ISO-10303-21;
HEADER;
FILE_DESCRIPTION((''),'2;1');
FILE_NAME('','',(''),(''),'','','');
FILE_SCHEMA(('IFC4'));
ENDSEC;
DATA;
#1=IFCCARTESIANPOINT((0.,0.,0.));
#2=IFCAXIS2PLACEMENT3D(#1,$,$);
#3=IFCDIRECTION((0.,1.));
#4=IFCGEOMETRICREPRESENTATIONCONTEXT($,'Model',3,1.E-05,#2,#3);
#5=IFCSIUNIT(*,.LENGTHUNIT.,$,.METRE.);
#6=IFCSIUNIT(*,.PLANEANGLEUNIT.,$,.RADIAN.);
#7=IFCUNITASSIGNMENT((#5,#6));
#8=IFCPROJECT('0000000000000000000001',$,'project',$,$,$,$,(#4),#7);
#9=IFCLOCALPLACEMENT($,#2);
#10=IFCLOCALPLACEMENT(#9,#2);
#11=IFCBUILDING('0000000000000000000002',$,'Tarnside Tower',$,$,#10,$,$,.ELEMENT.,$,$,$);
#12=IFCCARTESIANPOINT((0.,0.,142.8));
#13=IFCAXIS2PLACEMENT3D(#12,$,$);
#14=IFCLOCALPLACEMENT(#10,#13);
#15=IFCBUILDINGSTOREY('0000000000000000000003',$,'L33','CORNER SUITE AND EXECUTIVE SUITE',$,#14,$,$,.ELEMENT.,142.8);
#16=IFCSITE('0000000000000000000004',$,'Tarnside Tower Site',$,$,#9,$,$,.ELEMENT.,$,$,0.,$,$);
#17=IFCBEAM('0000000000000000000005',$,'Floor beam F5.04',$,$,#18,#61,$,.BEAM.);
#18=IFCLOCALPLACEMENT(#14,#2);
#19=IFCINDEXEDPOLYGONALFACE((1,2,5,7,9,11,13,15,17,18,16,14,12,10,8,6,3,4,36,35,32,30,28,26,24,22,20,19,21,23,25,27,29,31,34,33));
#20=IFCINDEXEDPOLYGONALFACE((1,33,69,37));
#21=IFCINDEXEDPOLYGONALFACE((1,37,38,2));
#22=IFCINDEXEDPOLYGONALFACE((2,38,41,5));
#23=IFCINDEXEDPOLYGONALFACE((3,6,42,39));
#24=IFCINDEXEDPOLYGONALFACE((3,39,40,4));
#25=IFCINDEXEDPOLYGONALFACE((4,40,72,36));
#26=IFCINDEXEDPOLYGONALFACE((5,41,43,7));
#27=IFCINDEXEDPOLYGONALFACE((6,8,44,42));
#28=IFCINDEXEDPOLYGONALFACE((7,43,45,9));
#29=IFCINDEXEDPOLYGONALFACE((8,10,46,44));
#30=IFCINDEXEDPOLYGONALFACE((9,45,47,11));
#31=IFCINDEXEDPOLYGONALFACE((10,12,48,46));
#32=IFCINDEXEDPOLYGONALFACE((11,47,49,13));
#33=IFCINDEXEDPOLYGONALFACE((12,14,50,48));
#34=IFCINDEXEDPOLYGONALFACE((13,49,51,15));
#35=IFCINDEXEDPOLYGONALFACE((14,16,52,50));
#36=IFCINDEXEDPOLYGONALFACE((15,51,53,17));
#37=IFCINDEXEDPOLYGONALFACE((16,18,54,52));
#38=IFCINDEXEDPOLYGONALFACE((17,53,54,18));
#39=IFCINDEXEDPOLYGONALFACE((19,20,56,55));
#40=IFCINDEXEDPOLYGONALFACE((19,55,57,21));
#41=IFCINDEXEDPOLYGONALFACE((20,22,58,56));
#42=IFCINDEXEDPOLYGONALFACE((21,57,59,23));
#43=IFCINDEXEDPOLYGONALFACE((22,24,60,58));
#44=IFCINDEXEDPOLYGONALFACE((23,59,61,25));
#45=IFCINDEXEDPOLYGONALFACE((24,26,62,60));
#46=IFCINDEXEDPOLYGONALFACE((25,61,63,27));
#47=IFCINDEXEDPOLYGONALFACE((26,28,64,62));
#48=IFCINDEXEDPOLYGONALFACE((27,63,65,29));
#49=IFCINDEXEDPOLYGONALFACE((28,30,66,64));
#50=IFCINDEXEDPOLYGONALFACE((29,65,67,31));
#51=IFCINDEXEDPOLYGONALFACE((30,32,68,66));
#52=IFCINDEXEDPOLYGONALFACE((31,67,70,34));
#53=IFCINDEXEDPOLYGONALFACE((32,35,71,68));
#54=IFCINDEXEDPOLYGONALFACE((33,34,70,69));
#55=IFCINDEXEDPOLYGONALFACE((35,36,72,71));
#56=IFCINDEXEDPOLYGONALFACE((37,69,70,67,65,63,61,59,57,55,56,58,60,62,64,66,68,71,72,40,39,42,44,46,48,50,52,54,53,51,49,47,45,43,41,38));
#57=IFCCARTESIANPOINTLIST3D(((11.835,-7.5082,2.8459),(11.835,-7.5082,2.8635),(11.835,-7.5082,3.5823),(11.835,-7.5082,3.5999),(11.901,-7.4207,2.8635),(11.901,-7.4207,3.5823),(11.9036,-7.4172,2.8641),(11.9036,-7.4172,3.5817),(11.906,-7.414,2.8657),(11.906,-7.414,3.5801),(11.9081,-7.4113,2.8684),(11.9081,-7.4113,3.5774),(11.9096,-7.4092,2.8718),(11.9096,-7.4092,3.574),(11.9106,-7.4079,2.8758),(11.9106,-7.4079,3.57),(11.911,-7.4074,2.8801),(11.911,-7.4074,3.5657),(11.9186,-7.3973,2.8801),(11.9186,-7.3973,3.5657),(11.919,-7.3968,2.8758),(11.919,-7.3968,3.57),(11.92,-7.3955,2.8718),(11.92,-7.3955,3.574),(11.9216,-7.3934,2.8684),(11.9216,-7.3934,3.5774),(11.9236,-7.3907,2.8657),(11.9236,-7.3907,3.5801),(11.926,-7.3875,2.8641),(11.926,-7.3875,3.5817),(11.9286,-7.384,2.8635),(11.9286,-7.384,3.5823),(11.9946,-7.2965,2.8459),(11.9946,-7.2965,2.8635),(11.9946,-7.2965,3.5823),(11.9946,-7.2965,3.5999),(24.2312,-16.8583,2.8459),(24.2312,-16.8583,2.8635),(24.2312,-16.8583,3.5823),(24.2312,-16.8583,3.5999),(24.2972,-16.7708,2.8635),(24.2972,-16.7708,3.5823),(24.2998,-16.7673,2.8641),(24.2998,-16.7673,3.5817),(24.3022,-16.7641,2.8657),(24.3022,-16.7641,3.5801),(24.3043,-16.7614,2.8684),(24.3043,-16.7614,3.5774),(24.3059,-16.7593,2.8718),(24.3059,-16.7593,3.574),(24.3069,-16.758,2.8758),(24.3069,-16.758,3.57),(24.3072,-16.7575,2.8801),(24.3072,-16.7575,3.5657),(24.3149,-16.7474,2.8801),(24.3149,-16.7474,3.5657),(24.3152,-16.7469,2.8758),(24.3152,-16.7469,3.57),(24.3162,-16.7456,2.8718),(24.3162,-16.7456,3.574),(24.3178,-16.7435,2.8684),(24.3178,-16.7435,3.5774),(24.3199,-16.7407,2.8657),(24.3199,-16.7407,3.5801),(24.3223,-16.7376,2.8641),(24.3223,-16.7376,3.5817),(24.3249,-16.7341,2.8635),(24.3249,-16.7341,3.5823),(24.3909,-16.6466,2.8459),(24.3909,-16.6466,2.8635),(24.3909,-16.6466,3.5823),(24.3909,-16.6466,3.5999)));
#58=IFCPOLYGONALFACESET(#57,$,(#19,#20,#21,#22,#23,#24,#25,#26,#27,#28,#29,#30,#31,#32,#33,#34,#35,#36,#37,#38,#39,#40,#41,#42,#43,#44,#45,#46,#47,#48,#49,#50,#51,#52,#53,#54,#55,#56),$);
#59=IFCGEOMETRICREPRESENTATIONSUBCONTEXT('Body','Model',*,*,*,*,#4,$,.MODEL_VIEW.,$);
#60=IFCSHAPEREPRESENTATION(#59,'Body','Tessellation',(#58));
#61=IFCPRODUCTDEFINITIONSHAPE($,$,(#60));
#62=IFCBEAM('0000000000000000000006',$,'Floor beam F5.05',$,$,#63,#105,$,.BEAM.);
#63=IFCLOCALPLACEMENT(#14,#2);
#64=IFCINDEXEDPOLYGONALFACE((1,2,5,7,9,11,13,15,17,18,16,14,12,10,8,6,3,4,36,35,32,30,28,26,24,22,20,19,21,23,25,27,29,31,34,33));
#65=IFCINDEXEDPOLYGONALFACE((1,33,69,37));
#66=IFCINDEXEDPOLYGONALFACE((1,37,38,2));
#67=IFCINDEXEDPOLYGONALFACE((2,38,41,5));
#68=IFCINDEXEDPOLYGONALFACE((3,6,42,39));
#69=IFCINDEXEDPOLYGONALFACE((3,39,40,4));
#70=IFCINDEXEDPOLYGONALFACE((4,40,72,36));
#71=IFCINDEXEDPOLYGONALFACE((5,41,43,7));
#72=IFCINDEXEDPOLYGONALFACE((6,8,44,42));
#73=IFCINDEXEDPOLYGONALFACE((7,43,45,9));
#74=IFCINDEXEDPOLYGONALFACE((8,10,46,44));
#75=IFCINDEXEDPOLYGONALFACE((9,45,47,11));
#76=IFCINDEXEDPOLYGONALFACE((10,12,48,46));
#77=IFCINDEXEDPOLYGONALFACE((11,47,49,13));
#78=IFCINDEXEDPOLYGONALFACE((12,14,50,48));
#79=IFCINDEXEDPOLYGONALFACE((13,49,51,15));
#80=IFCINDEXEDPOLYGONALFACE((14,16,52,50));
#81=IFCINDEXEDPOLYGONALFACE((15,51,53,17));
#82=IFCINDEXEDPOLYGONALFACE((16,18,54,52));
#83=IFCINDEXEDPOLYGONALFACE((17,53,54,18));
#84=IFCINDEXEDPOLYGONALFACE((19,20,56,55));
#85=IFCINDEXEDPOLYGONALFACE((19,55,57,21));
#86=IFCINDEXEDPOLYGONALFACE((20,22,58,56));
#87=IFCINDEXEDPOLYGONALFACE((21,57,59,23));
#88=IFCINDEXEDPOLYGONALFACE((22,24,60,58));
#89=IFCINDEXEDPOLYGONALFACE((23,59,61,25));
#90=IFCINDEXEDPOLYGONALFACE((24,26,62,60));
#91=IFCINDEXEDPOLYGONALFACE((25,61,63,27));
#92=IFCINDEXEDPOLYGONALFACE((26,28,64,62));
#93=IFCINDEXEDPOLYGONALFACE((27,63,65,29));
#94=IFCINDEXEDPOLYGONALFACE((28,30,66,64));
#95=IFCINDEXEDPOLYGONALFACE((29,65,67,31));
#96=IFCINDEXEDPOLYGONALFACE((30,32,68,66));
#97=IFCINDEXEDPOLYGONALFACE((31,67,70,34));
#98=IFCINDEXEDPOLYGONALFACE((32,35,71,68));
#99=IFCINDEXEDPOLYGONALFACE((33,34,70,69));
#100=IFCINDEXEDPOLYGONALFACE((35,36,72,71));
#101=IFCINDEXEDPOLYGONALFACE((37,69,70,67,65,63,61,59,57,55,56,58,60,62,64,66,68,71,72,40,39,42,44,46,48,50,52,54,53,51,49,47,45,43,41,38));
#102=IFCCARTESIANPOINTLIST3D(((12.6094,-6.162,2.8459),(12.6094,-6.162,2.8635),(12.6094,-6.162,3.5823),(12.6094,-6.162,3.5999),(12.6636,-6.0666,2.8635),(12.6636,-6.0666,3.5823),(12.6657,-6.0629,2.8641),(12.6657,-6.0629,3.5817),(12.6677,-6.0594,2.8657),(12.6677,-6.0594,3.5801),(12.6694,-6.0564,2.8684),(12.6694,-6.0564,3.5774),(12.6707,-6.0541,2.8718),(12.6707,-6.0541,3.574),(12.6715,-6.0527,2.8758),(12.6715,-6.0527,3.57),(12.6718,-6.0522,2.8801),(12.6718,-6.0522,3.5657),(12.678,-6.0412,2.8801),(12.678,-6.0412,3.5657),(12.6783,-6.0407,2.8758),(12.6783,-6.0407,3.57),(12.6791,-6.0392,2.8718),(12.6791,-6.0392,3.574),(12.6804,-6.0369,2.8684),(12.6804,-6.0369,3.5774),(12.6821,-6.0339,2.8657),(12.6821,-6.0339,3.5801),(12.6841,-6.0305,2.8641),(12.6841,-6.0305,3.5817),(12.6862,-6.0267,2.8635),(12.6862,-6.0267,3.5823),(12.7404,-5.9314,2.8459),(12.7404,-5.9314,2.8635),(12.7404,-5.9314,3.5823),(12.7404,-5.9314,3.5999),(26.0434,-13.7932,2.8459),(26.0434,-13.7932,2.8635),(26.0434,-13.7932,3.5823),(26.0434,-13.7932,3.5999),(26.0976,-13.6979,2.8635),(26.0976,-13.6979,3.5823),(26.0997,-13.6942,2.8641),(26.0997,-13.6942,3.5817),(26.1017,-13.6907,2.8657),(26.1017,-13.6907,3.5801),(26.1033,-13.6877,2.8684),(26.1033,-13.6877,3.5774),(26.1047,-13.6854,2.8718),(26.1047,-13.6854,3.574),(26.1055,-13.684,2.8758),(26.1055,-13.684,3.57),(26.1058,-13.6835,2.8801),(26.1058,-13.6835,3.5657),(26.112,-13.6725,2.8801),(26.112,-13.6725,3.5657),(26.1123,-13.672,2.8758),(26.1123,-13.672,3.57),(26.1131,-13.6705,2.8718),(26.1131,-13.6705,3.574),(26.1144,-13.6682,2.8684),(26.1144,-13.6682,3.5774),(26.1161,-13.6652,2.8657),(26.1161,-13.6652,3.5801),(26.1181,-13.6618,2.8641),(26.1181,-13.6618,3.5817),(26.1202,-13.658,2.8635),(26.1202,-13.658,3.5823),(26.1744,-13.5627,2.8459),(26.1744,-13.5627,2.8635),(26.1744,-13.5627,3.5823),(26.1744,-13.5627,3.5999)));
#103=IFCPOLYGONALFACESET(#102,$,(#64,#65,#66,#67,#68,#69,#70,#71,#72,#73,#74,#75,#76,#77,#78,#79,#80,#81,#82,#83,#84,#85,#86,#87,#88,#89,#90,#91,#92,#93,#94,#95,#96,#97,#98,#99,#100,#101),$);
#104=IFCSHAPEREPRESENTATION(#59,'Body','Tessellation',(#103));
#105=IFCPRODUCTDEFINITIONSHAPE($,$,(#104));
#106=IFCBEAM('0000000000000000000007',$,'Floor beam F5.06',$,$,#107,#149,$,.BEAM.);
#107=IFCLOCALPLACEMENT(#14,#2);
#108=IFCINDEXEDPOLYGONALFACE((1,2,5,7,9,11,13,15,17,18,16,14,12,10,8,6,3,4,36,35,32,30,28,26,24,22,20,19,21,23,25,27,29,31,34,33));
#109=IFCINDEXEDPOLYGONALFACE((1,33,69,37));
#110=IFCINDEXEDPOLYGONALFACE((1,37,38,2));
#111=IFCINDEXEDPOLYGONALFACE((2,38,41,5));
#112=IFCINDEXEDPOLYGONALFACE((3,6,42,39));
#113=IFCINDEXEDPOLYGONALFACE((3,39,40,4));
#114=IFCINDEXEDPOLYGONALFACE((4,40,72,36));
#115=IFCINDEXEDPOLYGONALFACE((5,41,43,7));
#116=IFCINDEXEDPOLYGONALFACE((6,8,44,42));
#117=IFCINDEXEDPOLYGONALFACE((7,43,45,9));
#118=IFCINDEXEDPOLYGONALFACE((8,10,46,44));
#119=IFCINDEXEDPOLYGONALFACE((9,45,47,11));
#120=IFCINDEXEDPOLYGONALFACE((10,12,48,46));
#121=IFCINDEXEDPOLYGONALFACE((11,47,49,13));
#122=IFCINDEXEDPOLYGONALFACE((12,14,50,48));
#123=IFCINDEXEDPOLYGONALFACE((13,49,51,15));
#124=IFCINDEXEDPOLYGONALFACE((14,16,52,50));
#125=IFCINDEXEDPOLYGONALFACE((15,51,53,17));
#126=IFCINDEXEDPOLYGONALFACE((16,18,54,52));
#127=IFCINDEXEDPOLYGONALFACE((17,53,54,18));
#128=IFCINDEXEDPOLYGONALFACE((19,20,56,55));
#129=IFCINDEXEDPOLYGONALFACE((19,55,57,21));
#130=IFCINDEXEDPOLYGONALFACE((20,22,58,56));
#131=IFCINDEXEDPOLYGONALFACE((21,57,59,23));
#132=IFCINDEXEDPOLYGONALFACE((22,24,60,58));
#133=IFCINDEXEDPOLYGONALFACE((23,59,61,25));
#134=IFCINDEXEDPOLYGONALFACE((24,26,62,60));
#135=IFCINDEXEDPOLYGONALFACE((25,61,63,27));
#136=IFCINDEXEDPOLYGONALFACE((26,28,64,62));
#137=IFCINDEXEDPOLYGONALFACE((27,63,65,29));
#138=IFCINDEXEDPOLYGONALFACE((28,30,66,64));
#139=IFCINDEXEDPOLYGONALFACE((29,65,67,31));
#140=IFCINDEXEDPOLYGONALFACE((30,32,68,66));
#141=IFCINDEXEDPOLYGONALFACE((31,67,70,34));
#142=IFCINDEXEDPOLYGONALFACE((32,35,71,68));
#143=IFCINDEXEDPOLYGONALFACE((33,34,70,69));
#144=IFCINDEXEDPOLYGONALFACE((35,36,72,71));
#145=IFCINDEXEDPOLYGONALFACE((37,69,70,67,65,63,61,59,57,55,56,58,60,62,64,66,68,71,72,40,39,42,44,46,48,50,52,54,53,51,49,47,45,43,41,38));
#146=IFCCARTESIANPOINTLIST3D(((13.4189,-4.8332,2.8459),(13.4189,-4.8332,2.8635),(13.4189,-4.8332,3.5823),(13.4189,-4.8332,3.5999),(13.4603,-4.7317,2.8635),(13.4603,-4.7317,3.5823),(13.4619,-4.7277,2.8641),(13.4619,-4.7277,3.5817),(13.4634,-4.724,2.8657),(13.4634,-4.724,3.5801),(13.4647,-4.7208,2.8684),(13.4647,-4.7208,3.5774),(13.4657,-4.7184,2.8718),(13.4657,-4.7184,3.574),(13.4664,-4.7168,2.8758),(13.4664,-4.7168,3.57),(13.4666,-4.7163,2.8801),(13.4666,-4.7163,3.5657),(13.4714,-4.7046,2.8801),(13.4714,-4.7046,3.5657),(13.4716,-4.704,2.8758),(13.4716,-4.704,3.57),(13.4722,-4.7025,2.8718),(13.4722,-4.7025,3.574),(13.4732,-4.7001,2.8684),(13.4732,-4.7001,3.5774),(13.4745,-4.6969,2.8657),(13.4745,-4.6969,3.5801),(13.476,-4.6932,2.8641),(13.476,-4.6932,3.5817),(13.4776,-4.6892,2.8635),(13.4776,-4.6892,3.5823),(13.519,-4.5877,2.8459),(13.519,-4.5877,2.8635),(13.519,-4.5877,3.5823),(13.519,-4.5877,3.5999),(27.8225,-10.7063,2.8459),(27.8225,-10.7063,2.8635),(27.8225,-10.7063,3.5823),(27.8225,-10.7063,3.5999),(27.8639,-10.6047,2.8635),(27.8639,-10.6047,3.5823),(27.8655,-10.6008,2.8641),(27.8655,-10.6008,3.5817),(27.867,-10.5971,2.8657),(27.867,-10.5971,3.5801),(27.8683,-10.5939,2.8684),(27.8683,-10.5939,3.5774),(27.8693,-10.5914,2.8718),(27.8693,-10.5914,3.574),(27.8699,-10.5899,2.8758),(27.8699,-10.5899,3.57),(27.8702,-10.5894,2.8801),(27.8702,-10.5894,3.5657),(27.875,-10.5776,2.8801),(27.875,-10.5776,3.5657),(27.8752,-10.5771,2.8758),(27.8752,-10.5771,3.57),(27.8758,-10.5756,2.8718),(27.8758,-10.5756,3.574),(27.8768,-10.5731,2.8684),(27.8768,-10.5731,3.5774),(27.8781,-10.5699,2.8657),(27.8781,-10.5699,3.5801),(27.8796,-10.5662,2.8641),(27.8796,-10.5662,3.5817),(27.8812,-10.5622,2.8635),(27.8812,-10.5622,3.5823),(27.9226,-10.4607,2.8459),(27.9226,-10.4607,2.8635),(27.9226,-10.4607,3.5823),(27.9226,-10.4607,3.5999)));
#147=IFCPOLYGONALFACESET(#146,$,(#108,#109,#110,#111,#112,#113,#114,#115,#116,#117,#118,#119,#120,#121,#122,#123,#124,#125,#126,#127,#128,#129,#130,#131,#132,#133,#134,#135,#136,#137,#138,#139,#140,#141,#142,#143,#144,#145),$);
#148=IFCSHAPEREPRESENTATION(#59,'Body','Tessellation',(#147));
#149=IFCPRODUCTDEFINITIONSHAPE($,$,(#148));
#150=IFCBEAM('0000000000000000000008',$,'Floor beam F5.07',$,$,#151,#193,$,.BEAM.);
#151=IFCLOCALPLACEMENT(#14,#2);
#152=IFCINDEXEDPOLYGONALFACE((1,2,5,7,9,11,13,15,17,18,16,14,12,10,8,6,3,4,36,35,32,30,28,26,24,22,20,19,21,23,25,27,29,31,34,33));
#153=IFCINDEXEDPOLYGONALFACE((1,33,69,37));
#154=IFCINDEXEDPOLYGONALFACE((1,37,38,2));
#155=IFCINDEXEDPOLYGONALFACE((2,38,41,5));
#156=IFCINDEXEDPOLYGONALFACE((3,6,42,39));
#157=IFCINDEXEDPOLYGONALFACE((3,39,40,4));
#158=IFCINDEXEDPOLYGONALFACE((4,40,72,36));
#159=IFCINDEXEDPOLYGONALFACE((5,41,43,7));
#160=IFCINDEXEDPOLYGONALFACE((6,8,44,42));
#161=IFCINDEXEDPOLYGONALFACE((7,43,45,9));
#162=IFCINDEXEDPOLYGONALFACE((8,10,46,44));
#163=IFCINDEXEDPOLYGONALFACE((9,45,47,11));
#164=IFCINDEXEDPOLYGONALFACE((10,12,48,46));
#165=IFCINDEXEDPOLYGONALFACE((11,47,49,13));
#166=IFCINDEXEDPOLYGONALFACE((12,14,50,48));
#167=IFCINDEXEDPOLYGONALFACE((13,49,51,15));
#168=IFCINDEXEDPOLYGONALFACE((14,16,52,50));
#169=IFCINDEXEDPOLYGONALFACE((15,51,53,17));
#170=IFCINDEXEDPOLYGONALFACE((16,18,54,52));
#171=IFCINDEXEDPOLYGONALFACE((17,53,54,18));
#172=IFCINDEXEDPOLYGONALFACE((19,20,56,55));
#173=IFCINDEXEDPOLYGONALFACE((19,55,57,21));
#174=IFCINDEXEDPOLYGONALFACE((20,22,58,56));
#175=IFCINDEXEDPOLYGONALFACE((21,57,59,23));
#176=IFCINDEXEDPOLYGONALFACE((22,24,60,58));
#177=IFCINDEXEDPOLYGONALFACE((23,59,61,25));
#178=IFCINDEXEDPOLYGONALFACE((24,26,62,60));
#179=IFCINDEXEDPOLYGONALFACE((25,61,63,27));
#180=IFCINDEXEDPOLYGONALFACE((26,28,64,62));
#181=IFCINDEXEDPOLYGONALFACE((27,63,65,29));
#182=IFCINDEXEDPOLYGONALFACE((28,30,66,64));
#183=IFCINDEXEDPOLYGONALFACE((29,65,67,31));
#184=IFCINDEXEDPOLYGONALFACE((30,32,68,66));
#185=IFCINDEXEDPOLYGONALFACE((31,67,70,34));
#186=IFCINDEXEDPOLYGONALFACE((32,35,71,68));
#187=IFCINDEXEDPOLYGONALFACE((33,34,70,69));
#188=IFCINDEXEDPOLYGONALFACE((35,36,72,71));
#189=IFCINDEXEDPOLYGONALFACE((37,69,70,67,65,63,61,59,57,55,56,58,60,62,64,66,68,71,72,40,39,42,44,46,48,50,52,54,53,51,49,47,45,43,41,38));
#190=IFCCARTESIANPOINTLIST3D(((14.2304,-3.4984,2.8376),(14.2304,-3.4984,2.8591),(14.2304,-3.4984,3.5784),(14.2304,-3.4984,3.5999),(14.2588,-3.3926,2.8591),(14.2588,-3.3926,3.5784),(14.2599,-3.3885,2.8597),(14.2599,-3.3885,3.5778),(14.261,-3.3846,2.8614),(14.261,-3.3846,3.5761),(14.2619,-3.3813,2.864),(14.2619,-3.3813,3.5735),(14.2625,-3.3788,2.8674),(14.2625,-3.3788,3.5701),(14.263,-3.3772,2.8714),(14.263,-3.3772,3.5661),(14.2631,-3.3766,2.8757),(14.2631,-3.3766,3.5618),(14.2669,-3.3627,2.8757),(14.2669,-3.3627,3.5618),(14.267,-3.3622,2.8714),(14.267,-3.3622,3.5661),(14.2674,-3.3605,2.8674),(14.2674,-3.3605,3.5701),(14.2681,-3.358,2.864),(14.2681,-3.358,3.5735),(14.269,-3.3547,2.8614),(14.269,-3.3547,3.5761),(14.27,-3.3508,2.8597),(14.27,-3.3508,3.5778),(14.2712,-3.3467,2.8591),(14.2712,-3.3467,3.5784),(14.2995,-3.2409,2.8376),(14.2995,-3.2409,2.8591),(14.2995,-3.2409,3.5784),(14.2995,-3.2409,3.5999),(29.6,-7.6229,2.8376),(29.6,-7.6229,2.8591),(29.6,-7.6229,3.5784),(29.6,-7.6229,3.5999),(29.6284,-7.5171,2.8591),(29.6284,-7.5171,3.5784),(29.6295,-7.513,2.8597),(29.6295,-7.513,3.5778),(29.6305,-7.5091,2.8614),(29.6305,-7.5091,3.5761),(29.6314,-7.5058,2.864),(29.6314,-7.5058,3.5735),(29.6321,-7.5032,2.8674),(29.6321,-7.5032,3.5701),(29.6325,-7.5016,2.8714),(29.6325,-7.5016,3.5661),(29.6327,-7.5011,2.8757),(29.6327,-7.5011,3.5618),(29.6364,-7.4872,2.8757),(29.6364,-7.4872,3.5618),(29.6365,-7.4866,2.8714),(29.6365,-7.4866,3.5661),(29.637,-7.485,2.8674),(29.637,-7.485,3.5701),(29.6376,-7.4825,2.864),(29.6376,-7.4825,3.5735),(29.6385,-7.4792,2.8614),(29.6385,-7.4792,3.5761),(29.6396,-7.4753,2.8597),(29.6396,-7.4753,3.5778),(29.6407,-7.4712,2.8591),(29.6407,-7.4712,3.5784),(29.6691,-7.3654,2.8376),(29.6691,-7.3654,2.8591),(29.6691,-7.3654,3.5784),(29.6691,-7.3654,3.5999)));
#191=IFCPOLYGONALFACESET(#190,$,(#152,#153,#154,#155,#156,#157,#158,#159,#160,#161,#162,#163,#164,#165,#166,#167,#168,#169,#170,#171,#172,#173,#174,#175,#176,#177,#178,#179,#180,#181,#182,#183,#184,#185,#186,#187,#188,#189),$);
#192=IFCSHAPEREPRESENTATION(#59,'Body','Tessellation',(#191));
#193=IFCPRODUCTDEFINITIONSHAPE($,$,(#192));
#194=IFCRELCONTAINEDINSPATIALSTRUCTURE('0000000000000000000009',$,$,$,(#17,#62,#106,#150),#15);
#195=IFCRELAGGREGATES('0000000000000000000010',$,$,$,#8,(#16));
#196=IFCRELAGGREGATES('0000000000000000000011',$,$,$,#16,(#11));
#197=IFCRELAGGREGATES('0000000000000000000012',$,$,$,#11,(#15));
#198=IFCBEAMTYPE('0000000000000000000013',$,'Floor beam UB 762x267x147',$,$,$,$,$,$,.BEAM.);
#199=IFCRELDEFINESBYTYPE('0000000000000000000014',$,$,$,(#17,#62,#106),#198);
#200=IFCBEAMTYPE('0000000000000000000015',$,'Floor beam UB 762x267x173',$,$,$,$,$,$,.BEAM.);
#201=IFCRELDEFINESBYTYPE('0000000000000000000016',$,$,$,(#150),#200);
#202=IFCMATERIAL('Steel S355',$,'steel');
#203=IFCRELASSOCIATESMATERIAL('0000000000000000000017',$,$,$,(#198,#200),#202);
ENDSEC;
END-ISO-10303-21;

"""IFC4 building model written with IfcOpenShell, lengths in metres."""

from ifc_helpers import new_model, si_unit, direction, frame, origin, origin_2d, place, context, subcontext, project, spatial, i_section, extrude, material, material_profile, profile_set, type_object, element, save


model = new_model("IFC4")

# Units and contexts
model_context = context("Model", 3, precision=1e-05, world=origin(), true_north=direction((0.0, 1.0)))
body_context = subcontext(model_context, "Body", "Model", "MODEL_VIEW")
ifc_project = project(units=[si_unit("LENGTHUNIT", "METRE"), si_unit("PLANEANGLEUNIT", "RADIAN")], contexts=[model_context])

# Site, building, storey
site_placement = place(None, origin())
site = spatial("IfcSite", under=ifc_project, at=site_placement, Name="Tarnside Tower Site", CompositionType="ELEMENT", RefElevation=0.0)
building_placement = place(site_placement, origin())
building = spatial("IfcBuilding", under=site, at=building_placement, Name="Tarnside Tower", CompositionType="ELEMENT")
storey_placement = place(building_placement, frame((0.0, 0.0, 142.8)))
storey = spatial("IfcBuildingStorey", under=building, at=storey_placement, Name="L33", Description="CORNER SUITE AND EXECUTIVE SUITE", CompositionType="ELEMENT", Elevation=142.8)

# Beams
ifc_material_1 = material(Name="Steel S355", Category="steel")
ifc_material_profile_1 = material_profile(ifc_material_1, i_section(OverallWidth=0.2651, OverallDepth=0.7539, WebThickness=0.0127, FlangeThickness=0.0176, FilletRadius=0.0166, at=origin_2d()), Name="UB 762x267x147")
ifc_profile_set_1 = profile_set([ifc_material_profile_1], Name="Steel S355")
beam_type_1 = type_object("IfcBeamType", Name="Floor beam UB 762x267x147", PredefinedType="BEAM", material=ifc_profile_set_1)
beam_1_placement = place(storey_placement, frame((24.311, -16.7524, 3.2229), z_axis=(-0.798361, 0.602179, 0.0), x_axis=(-0.602179, -0.798361, 0.0)))
element("IfcBeam", 1, at=beam_1_placement, inside=storey, type_object=beam_type_1, Name="Floor beam F5.04", PredefinedType="BEAM", context=body_context, shape_type="SweptSolid", body=[
    extrude(i_section(OverallWidth=0.2651, OverallDepth=0.7539, WebThickness=0.0127, FlangeThickness=0.0176, FilletRadius=0.0166, at=origin_2d()), origin(), (0.0, 0.0, 1.0), 15.5271),
])
beam_2_placement = place(storey_placement, frame((26.1089, -13.678, 3.2229), z_axis=(-0.869503, 0.493929, 0.0), x_axis=(-0.493929, -0.869503, 0.0)))
element("IfcBeam", 2, at=beam_2_placement, inside=storey, type_object=beam_type_1, Name="Floor beam F5.05", PredefinedType="BEAM", context=body_context, shape_type="SweptSolid", body=[
    extrude(i_section(OverallWidth=0.2651, OverallDepth=0.7539, WebThickness=0.0127, FlangeThickness=0.0176, FilletRadius=0.0166, at=origin_2d()), origin(), (0.0, 0.0, 1.0), 15.4502),
])
beam_3_placement = place(storey_placement, frame((27.8726, -10.5835, 3.2229), z_axis=(-0.925982, 0.377569, 0.0), x_axis=(-0.377569, -0.925982, 0.0)))
element("IfcBeam", 3, at=beam_3_placement, inside=storey, type_object=beam_type_1, Name="Floor beam F5.06", PredefinedType="BEAM", context=body_context, shape_type="SweptSolid", body=[
    extrude(i_section(OverallWidth=0.2651, OverallDepth=0.7539, WebThickness=0.0127, FlangeThickness=0.0176, FilletRadius=0.0166, at=origin_2d()), origin(), (0.0, 0.0, 1.0), 15.5549),
])
ifc_material_profile_2 = material_profile(ifc_material_1, i_section(OverallWidth=0.2666, OverallDepth=0.7622, WebThickness=0.0144, FlangeThickness=0.0215, FilletRadius=0.0166, at=origin_2d()), Name="UB 762x267x173")
ifc_profile_set_2 = profile_set([ifc_material_profile_2], Name="Steel S355")
beam_type_2 = type_object("IfcBeamType", Name="Floor beam UB 762x267x173", PredefinedType="BEAM", material=ifc_profile_set_2)
beam_4_placement = place(storey_placement, frame((29.6345, -7.4941, 3.2188), z_axis=(-0.965828, 0.259184, 0.0), x_axis=(-0.259184, -0.965828, 0.0)))
element("IfcBeam", 4, at=beam_4_placement, inside=storey, type_object=beam_type_2, Name="Floor beam F5.07", PredefinedType="BEAM", context=body_context, shape_type="SweptSolid", body=[
    extrude(i_section(OverallWidth=0.2666, OverallDepth=0.7622, WebThickness=0.0144, FlangeThickness=0.0215, FilletRadius=0.0166, at=origin_2d()), origin(), (0.0, 0.0, 1.0), 15.9133),
])

save(model, "model.ifc")
